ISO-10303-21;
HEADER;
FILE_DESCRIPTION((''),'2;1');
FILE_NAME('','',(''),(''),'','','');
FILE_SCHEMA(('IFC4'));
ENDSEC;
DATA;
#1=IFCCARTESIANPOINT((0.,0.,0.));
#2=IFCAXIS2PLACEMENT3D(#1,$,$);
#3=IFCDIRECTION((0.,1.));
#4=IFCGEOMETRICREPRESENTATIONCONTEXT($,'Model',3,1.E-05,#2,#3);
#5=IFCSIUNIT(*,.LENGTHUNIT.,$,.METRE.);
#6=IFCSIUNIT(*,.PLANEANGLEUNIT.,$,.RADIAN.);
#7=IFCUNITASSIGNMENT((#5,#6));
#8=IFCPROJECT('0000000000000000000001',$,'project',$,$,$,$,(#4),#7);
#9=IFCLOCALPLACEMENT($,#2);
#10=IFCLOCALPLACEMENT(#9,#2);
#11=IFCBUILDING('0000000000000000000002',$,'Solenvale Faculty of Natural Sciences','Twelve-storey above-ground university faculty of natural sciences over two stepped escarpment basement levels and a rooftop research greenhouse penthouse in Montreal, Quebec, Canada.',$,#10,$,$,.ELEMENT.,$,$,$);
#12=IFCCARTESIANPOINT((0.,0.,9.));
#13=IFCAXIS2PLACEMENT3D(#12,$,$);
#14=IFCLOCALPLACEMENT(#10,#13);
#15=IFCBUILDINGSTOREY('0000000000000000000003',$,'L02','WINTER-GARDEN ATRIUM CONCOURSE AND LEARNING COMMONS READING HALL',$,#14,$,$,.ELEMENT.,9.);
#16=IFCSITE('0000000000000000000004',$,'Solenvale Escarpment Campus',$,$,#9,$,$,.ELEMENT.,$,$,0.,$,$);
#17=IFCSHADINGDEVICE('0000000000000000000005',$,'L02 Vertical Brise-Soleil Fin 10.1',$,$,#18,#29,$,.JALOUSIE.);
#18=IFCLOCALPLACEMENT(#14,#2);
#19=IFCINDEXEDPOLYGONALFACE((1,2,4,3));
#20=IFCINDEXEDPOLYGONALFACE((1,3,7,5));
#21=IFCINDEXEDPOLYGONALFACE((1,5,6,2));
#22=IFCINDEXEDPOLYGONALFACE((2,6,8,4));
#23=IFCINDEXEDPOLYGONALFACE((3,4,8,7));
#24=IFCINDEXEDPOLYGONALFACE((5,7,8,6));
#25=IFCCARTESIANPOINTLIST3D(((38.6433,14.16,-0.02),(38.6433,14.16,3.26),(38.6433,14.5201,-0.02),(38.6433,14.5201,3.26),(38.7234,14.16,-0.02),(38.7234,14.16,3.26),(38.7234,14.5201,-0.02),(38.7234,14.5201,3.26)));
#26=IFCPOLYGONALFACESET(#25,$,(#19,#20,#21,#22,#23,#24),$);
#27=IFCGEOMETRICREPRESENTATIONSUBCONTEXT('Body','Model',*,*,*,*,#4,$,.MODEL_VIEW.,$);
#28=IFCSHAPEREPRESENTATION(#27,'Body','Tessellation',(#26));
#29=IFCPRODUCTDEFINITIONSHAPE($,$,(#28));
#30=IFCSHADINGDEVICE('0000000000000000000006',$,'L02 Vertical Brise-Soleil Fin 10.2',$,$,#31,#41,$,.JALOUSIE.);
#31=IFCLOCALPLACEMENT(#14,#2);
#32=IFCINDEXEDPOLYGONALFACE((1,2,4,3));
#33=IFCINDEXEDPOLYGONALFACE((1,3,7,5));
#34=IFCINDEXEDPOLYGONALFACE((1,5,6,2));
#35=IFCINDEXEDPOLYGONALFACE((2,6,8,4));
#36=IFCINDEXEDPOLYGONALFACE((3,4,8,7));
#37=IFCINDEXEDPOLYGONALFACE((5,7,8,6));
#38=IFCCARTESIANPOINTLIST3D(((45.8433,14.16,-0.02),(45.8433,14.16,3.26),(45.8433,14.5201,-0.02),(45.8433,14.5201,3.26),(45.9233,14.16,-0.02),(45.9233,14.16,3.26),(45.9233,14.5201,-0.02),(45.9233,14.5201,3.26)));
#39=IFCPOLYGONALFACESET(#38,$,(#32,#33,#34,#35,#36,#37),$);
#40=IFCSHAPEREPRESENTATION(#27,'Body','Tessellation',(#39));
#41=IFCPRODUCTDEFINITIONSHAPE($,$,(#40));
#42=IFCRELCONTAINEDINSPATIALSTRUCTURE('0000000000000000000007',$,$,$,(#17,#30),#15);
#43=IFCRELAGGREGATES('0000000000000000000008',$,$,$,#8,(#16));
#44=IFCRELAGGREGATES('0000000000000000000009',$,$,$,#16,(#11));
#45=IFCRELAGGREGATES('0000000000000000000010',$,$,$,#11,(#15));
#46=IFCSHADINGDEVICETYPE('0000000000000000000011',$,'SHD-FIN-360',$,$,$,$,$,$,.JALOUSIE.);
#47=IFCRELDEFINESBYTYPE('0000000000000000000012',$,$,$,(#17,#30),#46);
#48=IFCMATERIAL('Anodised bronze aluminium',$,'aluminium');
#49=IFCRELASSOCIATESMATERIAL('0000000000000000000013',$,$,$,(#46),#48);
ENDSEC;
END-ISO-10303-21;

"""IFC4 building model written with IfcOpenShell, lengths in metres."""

from ifc_helpers import new_model, si_unit, direction, frame, origin, origin_2d, place, context, subcontext, project, spatial, rectangle, extrude, material, material_profile, profile_set, type_object, element, save


model = new_model("IFC4")

# Units and contexts
model_context = context("Model", 3, precision=1e-05, world=origin(), true_north=direction((0.0, 1.0)))
body_context = subcontext(model_context, "Body", "Model", "MODEL_VIEW")
ifc_project = project(units=[si_unit("LENGTHUNIT", "METRE"), si_unit("PLANEANGLEUNIT", "RADIAN")], contexts=[model_context])

# Site, building, storey
site_placement = place(None, origin())
site = spatial("IfcSite", under=ifc_project, at=site_placement, Name="Solenvale Escarpment Campus", CompositionType="ELEMENT", RefElevation=0.0)
building_placement = place(site_placement, origin())
building = spatial("IfcBuilding", under=site, at=building_placement, Name="Solenvale Faculty of Natural Sciences", Description="Twelve-storey above-ground university faculty of natural sciences over two stepped escarpment basement levels and a rooftop research greenhouse penthouse in Montreal, Quebec, Canada.", CompositionType="ELEMENT")
storey_placement = place(building_placement, frame((0.0, 0.0, 9.0)))
storey = spatial("IfcBuildingStorey", under=building, at=storey_placement, Name="L02", Description="WINTER-GARDEN ATRIUM CONCOURSE AND LEARNING COMMONS READING HALL", CompositionType="ELEMENT", Elevation=9.0)

# Shared definitions
ifc_material_1 = material(Name="Anodised bronze aluminium", Category="aluminium")

# Shading devices
ifc_material_profile_1 = material_profile(ifc_material_1, rectangle(XDim=0.0801, YDim=0.3601, at=origin_2d()), Name="ALU-FIN-80x360")
ifc_profile_set_1 = profile_set([ifc_material_profile_1], Name="Anodised bronze aluminium")
shading_device_type = type_object("IfcShadingDeviceType", Name="SHD-FIN-360", PredefinedType="JALOUSIE", material=ifc_profile_set_1)
for number, where, z_axis, x_axis, name in (
    (1, (38.6833, 14.3401, -0.02), (0.0, 0.0, 1.0), (1.0, 0.0, 0.0), "L02 Vertical Brise-Soleil Fin 10.1"),
    (2, (45.8833, 14.3401, -0.02), (0.0, 0.0, 1.0), (1.0, 0.0, 0.0), "L02 Vertical Brise-Soleil Fin 10.2"),
):
    element("IfcShadingDevice", number, at=place(storey_placement, frame(where, z_axis=z_axis, x_axis=x_axis)), inside=storey, type_object=shading_device_type, Name=name, PredefinedType="JALOUSIE", context=body_context, shape_type="SweptSolid", body=[
        extrude(rectangle(XDim=0.0801, YDim=0.3601, at=origin_2d()), origin(), (0.0, 0.0, 1.0), 3.28),
    ])

save(model, "model.ifc")
